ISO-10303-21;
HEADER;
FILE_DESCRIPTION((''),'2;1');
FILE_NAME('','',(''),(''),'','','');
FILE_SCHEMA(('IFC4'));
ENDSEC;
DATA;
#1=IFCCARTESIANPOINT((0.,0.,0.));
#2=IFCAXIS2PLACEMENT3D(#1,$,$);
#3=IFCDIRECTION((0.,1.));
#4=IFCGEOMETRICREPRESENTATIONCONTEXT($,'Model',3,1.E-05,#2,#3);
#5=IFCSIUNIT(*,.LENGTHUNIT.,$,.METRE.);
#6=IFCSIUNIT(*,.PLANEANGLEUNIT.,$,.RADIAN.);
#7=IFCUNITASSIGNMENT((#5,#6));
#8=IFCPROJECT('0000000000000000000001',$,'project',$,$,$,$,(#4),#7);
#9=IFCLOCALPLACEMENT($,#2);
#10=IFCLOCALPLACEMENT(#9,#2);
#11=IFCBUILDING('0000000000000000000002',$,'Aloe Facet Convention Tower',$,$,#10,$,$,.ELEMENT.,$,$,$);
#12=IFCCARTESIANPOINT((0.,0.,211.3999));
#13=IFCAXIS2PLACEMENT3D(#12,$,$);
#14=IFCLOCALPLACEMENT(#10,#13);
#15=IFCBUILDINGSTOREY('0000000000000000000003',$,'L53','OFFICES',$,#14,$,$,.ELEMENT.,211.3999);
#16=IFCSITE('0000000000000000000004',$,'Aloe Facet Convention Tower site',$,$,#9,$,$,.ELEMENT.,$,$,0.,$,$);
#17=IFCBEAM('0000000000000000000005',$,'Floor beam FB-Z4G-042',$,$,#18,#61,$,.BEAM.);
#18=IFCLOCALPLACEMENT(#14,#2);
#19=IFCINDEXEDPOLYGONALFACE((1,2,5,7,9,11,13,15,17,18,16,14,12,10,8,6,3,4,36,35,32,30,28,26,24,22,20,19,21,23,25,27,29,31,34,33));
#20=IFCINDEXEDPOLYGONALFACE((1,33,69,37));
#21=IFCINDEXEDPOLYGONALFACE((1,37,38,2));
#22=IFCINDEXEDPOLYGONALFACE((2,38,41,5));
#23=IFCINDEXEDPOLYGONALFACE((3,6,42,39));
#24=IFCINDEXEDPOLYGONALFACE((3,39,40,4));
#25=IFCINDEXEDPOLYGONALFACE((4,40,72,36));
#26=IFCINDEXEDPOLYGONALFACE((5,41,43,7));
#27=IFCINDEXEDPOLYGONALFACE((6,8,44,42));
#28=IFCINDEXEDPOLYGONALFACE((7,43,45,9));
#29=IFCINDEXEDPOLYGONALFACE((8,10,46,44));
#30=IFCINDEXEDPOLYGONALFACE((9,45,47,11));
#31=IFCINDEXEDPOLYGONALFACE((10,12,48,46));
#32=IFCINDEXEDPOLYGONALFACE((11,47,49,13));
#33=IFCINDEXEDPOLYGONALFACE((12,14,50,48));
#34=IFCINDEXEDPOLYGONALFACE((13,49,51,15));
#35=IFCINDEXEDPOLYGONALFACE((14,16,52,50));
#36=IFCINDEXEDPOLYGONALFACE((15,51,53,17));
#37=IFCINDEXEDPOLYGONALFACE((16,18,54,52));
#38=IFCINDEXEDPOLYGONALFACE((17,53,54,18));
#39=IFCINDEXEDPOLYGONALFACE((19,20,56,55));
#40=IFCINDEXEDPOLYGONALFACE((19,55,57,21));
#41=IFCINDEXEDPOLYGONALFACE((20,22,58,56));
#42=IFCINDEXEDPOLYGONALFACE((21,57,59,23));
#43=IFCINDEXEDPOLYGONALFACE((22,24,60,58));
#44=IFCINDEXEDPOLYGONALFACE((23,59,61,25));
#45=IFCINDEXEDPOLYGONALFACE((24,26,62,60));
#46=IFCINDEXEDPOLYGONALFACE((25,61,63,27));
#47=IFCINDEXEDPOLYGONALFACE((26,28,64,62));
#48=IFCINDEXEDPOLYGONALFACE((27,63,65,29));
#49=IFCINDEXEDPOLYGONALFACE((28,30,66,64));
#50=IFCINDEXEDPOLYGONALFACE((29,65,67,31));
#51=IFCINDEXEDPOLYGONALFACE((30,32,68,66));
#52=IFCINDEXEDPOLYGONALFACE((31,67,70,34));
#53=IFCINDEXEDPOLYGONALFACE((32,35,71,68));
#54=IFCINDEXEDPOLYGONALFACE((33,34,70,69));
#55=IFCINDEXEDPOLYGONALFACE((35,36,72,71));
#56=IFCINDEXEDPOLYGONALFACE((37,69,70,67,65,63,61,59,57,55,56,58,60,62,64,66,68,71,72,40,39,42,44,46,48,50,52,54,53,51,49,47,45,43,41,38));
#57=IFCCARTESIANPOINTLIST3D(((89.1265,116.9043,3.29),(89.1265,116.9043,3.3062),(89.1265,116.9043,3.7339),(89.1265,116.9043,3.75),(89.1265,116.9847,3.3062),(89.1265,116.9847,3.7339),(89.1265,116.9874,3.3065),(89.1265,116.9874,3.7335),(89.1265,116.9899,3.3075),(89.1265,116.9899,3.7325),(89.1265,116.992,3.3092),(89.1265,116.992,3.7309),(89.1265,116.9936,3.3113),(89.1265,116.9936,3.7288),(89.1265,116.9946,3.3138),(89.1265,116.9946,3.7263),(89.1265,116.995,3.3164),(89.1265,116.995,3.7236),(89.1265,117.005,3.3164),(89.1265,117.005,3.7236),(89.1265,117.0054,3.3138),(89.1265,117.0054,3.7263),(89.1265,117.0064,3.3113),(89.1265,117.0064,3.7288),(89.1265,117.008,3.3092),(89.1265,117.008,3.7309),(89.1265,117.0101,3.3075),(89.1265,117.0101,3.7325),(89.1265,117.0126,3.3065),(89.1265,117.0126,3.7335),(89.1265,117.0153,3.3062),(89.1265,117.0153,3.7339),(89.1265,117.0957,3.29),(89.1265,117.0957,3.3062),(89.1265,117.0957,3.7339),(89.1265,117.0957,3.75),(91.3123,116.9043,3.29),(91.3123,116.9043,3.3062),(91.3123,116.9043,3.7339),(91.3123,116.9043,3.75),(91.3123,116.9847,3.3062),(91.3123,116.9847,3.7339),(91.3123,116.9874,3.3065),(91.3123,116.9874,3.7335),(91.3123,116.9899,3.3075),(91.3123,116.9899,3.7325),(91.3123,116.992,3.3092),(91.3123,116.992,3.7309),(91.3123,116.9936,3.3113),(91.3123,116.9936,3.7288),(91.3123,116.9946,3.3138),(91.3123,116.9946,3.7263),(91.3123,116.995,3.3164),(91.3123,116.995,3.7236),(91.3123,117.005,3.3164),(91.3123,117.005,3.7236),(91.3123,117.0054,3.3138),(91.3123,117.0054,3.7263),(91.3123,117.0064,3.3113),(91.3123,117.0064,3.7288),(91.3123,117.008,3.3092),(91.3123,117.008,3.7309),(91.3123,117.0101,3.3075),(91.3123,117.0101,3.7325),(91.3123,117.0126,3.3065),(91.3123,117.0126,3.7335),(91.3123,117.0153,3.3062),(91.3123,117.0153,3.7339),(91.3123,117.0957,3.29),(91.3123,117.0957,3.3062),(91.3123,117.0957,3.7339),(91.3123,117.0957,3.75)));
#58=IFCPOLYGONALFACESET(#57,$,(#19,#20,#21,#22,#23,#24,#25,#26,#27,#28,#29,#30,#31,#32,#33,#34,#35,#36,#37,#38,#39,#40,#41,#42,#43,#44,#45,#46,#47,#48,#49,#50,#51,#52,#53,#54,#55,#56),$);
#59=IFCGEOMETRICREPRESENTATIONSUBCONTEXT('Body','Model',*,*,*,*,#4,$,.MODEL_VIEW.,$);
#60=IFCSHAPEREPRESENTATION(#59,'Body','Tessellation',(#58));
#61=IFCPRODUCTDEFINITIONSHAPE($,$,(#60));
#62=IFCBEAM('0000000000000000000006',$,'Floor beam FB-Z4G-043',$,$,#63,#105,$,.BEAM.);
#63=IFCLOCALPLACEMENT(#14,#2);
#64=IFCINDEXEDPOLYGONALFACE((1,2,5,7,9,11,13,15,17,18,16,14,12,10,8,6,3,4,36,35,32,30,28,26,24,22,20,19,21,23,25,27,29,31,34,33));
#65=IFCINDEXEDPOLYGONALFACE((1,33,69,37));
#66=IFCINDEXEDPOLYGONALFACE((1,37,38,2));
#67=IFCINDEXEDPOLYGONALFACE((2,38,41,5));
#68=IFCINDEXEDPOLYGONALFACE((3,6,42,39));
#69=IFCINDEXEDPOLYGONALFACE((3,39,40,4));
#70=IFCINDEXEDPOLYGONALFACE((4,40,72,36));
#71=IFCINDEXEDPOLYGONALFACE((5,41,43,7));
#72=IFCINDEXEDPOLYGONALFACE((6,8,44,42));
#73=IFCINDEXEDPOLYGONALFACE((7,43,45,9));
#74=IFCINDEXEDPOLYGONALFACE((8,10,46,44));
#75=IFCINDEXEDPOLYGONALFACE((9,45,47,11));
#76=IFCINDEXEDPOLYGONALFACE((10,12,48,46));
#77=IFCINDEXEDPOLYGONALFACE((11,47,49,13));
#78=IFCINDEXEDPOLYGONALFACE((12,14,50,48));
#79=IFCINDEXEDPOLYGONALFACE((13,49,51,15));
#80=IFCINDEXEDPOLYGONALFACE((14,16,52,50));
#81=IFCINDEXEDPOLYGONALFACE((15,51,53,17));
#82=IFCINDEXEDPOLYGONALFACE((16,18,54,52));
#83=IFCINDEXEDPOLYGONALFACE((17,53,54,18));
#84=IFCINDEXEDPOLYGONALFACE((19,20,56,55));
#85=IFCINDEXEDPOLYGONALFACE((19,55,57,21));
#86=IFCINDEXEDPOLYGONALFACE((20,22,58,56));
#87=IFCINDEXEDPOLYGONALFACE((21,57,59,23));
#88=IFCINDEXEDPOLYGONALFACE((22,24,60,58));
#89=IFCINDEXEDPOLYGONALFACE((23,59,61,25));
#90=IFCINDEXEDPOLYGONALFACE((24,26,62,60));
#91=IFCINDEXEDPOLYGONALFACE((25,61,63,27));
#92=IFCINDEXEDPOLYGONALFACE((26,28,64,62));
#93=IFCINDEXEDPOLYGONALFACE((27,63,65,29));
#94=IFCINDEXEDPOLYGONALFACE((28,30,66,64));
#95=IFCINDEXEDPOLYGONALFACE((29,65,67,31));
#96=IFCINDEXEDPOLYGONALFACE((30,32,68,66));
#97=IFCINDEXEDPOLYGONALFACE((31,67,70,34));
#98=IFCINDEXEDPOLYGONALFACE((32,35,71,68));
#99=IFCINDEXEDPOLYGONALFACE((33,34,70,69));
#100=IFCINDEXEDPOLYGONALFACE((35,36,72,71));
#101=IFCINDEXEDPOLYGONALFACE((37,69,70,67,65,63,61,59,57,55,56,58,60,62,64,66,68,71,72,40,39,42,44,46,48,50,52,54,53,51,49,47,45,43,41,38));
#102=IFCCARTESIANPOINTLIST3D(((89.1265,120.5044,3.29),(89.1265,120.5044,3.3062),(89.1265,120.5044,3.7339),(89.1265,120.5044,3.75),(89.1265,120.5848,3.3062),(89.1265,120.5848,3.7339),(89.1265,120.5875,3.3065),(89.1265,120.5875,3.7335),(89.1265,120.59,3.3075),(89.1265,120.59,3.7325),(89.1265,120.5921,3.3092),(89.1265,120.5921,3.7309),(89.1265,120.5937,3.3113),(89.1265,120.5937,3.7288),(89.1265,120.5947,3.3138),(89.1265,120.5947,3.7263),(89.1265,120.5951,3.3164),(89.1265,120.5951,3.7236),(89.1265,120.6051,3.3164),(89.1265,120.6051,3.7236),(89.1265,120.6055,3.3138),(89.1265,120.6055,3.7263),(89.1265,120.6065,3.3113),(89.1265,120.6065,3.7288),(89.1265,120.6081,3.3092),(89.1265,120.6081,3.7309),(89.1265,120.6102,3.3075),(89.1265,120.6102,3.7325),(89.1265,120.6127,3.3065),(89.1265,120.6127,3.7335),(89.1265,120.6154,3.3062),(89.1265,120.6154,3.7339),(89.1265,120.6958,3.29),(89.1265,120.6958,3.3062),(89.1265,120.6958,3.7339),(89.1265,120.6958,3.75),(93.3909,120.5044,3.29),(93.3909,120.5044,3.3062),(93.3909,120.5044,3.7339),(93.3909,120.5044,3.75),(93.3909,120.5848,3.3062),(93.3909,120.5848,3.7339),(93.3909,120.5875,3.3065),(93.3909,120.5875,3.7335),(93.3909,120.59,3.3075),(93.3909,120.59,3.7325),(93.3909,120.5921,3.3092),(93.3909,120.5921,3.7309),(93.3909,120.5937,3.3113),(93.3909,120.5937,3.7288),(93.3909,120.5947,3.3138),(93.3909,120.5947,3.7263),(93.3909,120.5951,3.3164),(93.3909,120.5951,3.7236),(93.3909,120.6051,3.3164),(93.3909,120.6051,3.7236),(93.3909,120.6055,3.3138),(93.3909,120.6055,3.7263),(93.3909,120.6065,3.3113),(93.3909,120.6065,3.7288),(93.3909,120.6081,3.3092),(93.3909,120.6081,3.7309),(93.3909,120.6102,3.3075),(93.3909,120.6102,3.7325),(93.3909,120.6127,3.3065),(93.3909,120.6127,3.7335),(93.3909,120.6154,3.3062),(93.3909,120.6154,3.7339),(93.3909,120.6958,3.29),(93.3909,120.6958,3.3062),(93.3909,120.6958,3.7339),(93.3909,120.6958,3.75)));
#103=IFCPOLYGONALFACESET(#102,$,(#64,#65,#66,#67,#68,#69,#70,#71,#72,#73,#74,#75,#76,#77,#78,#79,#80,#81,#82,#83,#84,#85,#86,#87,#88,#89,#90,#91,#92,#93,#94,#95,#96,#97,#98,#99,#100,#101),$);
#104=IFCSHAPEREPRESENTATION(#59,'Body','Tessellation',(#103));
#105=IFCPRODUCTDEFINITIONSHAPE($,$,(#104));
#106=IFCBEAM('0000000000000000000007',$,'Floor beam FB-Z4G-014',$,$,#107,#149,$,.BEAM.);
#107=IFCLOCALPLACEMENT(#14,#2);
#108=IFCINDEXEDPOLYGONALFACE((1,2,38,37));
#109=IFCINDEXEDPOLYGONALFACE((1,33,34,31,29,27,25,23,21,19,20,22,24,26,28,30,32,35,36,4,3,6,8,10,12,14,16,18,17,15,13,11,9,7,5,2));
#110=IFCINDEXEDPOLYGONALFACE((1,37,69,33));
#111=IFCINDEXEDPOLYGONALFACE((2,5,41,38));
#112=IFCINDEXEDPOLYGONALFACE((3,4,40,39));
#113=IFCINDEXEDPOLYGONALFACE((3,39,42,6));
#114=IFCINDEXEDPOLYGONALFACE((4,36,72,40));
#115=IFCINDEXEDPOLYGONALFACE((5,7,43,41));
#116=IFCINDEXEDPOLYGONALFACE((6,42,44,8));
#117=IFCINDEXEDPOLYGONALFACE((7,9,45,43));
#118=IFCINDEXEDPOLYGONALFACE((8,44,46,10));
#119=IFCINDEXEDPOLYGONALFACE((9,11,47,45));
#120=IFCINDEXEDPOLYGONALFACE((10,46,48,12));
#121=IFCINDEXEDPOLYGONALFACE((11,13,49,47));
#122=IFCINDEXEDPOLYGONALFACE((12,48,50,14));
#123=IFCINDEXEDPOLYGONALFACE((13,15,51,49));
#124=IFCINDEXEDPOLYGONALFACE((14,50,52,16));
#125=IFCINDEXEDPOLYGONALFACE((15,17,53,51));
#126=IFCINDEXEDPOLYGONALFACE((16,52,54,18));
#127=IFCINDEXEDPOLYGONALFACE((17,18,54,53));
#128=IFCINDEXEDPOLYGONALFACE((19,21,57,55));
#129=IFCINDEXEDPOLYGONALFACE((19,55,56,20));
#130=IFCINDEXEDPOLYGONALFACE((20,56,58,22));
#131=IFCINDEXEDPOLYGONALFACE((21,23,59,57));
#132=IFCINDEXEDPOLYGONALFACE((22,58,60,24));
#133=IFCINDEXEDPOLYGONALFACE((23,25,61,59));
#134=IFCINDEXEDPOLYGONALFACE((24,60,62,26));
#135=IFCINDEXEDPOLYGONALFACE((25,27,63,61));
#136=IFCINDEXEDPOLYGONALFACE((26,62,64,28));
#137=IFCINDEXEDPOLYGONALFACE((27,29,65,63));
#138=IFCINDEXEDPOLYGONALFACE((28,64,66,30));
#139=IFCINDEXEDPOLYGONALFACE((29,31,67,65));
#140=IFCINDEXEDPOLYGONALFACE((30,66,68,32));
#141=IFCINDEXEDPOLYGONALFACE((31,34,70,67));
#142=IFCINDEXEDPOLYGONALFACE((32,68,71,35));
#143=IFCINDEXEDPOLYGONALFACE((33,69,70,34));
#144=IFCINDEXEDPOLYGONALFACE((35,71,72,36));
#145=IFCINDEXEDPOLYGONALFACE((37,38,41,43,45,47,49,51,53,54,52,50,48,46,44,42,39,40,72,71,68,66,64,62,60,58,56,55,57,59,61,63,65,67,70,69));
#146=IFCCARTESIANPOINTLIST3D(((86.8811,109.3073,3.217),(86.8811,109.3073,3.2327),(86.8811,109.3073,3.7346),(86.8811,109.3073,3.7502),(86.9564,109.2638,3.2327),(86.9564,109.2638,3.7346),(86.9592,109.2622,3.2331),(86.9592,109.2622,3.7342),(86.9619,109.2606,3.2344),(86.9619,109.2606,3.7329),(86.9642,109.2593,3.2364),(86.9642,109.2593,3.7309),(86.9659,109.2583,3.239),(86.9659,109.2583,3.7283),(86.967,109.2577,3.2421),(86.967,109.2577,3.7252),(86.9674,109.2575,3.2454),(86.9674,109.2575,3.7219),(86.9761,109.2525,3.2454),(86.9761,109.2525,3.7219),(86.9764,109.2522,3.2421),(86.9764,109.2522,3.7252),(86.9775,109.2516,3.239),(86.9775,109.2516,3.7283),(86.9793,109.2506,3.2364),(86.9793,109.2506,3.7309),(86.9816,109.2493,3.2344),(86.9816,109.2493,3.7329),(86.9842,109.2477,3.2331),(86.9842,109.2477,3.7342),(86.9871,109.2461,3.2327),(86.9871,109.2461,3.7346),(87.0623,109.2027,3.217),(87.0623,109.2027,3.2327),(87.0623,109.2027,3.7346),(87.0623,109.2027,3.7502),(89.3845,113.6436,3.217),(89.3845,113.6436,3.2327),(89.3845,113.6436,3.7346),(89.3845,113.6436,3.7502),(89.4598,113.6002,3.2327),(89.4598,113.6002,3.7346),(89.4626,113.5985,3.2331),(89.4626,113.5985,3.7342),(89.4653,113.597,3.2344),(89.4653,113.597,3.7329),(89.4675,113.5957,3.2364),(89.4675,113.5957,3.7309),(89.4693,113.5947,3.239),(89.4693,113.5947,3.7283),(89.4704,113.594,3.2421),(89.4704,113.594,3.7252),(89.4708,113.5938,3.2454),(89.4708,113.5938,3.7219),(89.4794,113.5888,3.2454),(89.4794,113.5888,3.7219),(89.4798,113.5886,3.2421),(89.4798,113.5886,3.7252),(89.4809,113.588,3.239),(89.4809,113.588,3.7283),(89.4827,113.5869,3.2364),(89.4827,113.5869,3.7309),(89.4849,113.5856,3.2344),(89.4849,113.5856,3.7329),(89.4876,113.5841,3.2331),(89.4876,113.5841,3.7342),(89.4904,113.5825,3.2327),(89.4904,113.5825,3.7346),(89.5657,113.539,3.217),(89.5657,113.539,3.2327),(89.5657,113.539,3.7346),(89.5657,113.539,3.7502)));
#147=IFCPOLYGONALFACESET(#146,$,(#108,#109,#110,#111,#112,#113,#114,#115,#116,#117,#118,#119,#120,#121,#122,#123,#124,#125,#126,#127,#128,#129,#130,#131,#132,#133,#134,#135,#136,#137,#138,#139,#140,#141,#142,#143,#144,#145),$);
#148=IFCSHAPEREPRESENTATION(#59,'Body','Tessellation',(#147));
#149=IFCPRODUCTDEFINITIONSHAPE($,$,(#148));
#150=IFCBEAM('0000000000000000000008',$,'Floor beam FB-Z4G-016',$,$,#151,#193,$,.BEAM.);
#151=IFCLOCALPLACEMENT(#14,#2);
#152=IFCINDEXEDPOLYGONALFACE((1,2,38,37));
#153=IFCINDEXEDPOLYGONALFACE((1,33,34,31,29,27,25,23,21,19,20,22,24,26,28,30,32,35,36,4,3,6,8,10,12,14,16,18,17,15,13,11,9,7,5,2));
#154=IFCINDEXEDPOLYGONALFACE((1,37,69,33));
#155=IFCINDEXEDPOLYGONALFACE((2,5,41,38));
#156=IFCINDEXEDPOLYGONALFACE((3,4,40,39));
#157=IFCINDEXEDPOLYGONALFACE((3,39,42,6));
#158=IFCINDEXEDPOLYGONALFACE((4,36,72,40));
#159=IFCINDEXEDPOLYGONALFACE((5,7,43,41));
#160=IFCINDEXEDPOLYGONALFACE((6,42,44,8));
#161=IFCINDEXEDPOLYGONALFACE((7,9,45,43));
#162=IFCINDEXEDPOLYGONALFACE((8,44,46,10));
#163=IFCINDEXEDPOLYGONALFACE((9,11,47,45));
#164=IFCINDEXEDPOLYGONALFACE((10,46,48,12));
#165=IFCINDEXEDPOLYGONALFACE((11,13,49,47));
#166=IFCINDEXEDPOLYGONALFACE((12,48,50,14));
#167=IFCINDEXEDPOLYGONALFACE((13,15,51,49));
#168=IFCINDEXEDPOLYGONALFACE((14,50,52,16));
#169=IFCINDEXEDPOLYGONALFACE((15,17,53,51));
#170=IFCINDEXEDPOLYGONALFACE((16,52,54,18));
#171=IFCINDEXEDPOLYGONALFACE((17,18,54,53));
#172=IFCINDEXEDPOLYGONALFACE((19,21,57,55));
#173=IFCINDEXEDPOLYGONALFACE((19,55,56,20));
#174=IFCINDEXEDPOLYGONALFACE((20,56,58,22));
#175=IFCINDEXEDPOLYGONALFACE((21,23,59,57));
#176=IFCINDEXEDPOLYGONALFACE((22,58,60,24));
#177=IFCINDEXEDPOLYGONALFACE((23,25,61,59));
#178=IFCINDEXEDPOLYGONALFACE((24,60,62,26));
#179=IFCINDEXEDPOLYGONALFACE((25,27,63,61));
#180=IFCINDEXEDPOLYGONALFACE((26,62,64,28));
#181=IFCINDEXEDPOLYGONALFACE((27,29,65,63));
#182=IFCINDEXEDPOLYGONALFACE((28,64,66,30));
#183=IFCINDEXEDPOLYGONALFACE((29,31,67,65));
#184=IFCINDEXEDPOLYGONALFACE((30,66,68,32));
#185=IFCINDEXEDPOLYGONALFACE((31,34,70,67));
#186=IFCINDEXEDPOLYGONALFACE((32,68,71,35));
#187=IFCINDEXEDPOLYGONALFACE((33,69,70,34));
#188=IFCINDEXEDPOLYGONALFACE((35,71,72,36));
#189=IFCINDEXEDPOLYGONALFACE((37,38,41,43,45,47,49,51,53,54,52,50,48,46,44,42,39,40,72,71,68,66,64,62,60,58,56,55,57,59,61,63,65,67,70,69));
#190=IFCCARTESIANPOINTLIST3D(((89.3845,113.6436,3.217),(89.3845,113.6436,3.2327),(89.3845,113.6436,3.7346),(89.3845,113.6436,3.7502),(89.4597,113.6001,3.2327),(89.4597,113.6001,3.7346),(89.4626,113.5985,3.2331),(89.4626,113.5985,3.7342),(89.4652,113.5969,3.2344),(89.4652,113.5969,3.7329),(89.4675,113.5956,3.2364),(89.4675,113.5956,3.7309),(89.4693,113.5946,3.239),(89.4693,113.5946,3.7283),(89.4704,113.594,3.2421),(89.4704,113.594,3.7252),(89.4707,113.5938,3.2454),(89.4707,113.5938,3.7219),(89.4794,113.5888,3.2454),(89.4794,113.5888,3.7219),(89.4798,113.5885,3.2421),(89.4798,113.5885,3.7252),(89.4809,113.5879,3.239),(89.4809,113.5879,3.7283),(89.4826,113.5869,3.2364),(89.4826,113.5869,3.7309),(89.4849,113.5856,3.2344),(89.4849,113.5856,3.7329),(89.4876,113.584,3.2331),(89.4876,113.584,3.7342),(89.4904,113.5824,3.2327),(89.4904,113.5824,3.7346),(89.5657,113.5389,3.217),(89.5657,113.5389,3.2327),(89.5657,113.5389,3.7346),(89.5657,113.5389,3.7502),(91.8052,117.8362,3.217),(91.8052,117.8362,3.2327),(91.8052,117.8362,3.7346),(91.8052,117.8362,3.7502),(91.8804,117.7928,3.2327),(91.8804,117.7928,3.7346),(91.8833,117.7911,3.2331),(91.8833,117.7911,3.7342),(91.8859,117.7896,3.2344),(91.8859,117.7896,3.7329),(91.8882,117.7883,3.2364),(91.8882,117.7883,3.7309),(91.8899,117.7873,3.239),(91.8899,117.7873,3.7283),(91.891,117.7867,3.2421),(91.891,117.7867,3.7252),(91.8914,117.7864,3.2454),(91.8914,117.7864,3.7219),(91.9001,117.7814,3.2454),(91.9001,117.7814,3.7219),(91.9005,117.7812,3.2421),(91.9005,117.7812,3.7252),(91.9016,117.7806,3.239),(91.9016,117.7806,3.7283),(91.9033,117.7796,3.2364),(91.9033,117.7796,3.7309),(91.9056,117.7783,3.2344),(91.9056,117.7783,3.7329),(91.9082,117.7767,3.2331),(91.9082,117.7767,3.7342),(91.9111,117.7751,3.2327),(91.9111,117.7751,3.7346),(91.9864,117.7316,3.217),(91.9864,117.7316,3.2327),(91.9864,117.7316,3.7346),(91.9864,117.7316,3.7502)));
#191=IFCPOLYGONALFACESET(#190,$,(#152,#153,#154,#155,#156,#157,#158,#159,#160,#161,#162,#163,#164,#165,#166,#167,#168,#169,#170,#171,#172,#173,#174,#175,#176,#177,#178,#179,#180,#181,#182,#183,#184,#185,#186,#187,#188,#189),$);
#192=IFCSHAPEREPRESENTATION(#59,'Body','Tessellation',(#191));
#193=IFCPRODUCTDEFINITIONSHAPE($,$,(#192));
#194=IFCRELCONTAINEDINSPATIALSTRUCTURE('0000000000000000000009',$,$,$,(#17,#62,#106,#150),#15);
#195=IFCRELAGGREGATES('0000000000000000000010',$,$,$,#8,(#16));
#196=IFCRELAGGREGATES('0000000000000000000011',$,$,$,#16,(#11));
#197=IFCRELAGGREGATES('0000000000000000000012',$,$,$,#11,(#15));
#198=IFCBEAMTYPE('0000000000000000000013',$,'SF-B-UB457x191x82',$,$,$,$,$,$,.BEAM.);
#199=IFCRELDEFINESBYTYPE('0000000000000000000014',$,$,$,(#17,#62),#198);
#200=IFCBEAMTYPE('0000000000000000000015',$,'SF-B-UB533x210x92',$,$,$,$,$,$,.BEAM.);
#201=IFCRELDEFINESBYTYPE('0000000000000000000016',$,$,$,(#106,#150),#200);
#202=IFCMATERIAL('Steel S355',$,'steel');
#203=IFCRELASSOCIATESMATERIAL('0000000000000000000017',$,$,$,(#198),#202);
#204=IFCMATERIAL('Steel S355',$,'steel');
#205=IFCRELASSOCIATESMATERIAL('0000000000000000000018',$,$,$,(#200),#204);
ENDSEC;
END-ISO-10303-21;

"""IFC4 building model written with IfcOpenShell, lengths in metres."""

from ifc_helpers import new_model, si_unit, direction, frame, origin, origin_2d, place, context, subcontext, project, spatial, i_section, extrude, material, material_profile, profile_set, type_object, element, save


model = new_model("IFC4")

# Units and contexts
model_context = context("Model", 3, precision=1e-05, world=origin(), true_north=direction((0.0, 1.0)))
body_context = subcontext(model_context, "Body", "Model", "MODEL_VIEW")
ifc_project = project(units=[si_unit("LENGTHUNIT", "METRE"), si_unit("PLANEANGLEUNIT", "RADIAN")], contexts=[model_context])

# Site, building, storey
site_placement = place(None, origin())
site = spatial("IfcSite", under=ifc_project, at=site_placement, Name="Aloe Facet Convention Tower site", CompositionType="ELEMENT", RefElevation=0.0)
building_placement = place(site_placement, origin())
building = spatial("IfcBuilding", under=site, at=building_placement, Name="Aloe Facet Convention Tower", CompositionType="ELEMENT")
storey_placement = place(building_placement, frame((0.0, 0.0, 211.3999)))
storey = spatial("IfcBuildingStorey", under=building, at=storey_placement, Name="L53", Description="OFFICES", CompositionType="ELEMENT", Elevation=211.3999)

# Beams
ifc_material_1 = material(Name="Steel S355", Category="steel")
ifc_material_profile_1 = material_profile(ifc_material_1, i_section(OverallWidth=0.1914, OverallDepth=0.46, WebThickness=0.01, FlangeThickness=0.0161, FilletRadius=0.0103, at=origin_2d()), Name="UB 457x191x82")
ifc_profile_set_1 = profile_set([ifc_material_profile_1], Name="Steel S355")
beam_type_1 = type_object("IfcBeamType", Name="SF-B-UB457x191x82", PredefinedType="BEAM", material=ifc_profile_set_1)
beam_1_placement = place(storey_placement, frame((89.1265, 117.0, 3.52), z_axis=(1.0, 0.0, 0.0), x_axis=(0.0, 1.0, 0.0)))
element("IfcBeam", 1, at=beam_1_placement, inside=storey, type_object=beam_type_1, Name="Floor beam FB-Z4G-042", PredefinedType="BEAM", context=body_context, shape_type="SweptSolid", body=[
    extrude(i_section(OverallWidth=0.1914, OverallDepth=0.46, WebThickness=0.01, FlangeThickness=0.0161, FilletRadius=0.0103, at=origin_2d()), origin(), (0.0, 0.0, 1.0), 2.1858),
])
beam_2_placement = place(storey_placement, frame((89.1265, 120.6001, 3.52), z_axis=(1.0, 0.0, 0.0), x_axis=(0.0, 1.0, 0.0)))
element("IfcBeam", 2, at=beam_2_placement, inside=storey, type_object=beam_type_1, Name="Floor beam FB-Z4G-043", PredefinedType="BEAM", context=body_context, shape_type="SweptSolid", body=[
    extrude(i_section(OverallWidth=0.1914, OverallDepth=0.46, WebThickness=0.01, FlangeThickness=0.0161, FilletRadius=0.0103, at=origin_2d()), origin(), (0.0, 0.0, 1.0), 4.2644),
])
ifc_material_2 = material(Name="Steel S355", Category="steel")
ifc_material_profile_2 = material_profile(ifc_material_2, i_section(OverallWidth=0.2092, OverallDepth=0.5332, WebThickness=0.01, FlangeThickness=0.0156, FilletRadius=0.0127, at=origin_2d()), Name="UB 533x210x92")
ifc_profile_set_2 = profile_set([ifc_material_profile_2], Name="Steel S355")
beam_type_2 = type_object("IfcBeamType", Name="SF-B-UB533x210x92", PredefinedType="BEAM", material=ifc_profile_set_2)
beam_3_placement = place(storey_placement, frame((89.4751, 113.5913, 3.4836), z_axis=(-0.499967, -0.866044, 0.0), x_axis=(0.866044, -0.499967, 0.0)))
element("IfcBeam", 3, at=beam_3_placement, inside=storey, type_object=beam_type_2, Name="Floor beam FB-Z4G-014", PredefinedType="BEAM", context=body_context, shape_type="SweptSolid", body=[
    extrude(i_section(OverallWidth=0.2092, OverallDepth=0.5332, WebThickness=0.01, FlangeThickness=0.0156, FilletRadius=0.0127, at=origin_2d()), origin(), (0.0, 0.0, 1.0), 5.0071),
])
beam_4_placement = place(storey_placement, frame((91.8958, 117.7839, 3.4836), z_axis=(-0.500006, -0.866022, 0.0), x_axis=(0.866022, -0.500006, 0.0)))
element("IfcBeam", 4, at=beam_4_placement, inside=storey, type_object=beam_type_2, Name="Floor beam FB-Z4G-016", PredefinedType="BEAM", context=body_context, shape_type="SweptSolid", body=[
    extrude(i_section(OverallWidth=0.2092, OverallDepth=0.5332, WebThickness=0.01, FlangeThickness=0.0156, FilletRadius=0.0127, at=origin_2d()), origin(), (0.0, 0.0, 1.0), 4.8413),
])

save(model, "model.ifc")
